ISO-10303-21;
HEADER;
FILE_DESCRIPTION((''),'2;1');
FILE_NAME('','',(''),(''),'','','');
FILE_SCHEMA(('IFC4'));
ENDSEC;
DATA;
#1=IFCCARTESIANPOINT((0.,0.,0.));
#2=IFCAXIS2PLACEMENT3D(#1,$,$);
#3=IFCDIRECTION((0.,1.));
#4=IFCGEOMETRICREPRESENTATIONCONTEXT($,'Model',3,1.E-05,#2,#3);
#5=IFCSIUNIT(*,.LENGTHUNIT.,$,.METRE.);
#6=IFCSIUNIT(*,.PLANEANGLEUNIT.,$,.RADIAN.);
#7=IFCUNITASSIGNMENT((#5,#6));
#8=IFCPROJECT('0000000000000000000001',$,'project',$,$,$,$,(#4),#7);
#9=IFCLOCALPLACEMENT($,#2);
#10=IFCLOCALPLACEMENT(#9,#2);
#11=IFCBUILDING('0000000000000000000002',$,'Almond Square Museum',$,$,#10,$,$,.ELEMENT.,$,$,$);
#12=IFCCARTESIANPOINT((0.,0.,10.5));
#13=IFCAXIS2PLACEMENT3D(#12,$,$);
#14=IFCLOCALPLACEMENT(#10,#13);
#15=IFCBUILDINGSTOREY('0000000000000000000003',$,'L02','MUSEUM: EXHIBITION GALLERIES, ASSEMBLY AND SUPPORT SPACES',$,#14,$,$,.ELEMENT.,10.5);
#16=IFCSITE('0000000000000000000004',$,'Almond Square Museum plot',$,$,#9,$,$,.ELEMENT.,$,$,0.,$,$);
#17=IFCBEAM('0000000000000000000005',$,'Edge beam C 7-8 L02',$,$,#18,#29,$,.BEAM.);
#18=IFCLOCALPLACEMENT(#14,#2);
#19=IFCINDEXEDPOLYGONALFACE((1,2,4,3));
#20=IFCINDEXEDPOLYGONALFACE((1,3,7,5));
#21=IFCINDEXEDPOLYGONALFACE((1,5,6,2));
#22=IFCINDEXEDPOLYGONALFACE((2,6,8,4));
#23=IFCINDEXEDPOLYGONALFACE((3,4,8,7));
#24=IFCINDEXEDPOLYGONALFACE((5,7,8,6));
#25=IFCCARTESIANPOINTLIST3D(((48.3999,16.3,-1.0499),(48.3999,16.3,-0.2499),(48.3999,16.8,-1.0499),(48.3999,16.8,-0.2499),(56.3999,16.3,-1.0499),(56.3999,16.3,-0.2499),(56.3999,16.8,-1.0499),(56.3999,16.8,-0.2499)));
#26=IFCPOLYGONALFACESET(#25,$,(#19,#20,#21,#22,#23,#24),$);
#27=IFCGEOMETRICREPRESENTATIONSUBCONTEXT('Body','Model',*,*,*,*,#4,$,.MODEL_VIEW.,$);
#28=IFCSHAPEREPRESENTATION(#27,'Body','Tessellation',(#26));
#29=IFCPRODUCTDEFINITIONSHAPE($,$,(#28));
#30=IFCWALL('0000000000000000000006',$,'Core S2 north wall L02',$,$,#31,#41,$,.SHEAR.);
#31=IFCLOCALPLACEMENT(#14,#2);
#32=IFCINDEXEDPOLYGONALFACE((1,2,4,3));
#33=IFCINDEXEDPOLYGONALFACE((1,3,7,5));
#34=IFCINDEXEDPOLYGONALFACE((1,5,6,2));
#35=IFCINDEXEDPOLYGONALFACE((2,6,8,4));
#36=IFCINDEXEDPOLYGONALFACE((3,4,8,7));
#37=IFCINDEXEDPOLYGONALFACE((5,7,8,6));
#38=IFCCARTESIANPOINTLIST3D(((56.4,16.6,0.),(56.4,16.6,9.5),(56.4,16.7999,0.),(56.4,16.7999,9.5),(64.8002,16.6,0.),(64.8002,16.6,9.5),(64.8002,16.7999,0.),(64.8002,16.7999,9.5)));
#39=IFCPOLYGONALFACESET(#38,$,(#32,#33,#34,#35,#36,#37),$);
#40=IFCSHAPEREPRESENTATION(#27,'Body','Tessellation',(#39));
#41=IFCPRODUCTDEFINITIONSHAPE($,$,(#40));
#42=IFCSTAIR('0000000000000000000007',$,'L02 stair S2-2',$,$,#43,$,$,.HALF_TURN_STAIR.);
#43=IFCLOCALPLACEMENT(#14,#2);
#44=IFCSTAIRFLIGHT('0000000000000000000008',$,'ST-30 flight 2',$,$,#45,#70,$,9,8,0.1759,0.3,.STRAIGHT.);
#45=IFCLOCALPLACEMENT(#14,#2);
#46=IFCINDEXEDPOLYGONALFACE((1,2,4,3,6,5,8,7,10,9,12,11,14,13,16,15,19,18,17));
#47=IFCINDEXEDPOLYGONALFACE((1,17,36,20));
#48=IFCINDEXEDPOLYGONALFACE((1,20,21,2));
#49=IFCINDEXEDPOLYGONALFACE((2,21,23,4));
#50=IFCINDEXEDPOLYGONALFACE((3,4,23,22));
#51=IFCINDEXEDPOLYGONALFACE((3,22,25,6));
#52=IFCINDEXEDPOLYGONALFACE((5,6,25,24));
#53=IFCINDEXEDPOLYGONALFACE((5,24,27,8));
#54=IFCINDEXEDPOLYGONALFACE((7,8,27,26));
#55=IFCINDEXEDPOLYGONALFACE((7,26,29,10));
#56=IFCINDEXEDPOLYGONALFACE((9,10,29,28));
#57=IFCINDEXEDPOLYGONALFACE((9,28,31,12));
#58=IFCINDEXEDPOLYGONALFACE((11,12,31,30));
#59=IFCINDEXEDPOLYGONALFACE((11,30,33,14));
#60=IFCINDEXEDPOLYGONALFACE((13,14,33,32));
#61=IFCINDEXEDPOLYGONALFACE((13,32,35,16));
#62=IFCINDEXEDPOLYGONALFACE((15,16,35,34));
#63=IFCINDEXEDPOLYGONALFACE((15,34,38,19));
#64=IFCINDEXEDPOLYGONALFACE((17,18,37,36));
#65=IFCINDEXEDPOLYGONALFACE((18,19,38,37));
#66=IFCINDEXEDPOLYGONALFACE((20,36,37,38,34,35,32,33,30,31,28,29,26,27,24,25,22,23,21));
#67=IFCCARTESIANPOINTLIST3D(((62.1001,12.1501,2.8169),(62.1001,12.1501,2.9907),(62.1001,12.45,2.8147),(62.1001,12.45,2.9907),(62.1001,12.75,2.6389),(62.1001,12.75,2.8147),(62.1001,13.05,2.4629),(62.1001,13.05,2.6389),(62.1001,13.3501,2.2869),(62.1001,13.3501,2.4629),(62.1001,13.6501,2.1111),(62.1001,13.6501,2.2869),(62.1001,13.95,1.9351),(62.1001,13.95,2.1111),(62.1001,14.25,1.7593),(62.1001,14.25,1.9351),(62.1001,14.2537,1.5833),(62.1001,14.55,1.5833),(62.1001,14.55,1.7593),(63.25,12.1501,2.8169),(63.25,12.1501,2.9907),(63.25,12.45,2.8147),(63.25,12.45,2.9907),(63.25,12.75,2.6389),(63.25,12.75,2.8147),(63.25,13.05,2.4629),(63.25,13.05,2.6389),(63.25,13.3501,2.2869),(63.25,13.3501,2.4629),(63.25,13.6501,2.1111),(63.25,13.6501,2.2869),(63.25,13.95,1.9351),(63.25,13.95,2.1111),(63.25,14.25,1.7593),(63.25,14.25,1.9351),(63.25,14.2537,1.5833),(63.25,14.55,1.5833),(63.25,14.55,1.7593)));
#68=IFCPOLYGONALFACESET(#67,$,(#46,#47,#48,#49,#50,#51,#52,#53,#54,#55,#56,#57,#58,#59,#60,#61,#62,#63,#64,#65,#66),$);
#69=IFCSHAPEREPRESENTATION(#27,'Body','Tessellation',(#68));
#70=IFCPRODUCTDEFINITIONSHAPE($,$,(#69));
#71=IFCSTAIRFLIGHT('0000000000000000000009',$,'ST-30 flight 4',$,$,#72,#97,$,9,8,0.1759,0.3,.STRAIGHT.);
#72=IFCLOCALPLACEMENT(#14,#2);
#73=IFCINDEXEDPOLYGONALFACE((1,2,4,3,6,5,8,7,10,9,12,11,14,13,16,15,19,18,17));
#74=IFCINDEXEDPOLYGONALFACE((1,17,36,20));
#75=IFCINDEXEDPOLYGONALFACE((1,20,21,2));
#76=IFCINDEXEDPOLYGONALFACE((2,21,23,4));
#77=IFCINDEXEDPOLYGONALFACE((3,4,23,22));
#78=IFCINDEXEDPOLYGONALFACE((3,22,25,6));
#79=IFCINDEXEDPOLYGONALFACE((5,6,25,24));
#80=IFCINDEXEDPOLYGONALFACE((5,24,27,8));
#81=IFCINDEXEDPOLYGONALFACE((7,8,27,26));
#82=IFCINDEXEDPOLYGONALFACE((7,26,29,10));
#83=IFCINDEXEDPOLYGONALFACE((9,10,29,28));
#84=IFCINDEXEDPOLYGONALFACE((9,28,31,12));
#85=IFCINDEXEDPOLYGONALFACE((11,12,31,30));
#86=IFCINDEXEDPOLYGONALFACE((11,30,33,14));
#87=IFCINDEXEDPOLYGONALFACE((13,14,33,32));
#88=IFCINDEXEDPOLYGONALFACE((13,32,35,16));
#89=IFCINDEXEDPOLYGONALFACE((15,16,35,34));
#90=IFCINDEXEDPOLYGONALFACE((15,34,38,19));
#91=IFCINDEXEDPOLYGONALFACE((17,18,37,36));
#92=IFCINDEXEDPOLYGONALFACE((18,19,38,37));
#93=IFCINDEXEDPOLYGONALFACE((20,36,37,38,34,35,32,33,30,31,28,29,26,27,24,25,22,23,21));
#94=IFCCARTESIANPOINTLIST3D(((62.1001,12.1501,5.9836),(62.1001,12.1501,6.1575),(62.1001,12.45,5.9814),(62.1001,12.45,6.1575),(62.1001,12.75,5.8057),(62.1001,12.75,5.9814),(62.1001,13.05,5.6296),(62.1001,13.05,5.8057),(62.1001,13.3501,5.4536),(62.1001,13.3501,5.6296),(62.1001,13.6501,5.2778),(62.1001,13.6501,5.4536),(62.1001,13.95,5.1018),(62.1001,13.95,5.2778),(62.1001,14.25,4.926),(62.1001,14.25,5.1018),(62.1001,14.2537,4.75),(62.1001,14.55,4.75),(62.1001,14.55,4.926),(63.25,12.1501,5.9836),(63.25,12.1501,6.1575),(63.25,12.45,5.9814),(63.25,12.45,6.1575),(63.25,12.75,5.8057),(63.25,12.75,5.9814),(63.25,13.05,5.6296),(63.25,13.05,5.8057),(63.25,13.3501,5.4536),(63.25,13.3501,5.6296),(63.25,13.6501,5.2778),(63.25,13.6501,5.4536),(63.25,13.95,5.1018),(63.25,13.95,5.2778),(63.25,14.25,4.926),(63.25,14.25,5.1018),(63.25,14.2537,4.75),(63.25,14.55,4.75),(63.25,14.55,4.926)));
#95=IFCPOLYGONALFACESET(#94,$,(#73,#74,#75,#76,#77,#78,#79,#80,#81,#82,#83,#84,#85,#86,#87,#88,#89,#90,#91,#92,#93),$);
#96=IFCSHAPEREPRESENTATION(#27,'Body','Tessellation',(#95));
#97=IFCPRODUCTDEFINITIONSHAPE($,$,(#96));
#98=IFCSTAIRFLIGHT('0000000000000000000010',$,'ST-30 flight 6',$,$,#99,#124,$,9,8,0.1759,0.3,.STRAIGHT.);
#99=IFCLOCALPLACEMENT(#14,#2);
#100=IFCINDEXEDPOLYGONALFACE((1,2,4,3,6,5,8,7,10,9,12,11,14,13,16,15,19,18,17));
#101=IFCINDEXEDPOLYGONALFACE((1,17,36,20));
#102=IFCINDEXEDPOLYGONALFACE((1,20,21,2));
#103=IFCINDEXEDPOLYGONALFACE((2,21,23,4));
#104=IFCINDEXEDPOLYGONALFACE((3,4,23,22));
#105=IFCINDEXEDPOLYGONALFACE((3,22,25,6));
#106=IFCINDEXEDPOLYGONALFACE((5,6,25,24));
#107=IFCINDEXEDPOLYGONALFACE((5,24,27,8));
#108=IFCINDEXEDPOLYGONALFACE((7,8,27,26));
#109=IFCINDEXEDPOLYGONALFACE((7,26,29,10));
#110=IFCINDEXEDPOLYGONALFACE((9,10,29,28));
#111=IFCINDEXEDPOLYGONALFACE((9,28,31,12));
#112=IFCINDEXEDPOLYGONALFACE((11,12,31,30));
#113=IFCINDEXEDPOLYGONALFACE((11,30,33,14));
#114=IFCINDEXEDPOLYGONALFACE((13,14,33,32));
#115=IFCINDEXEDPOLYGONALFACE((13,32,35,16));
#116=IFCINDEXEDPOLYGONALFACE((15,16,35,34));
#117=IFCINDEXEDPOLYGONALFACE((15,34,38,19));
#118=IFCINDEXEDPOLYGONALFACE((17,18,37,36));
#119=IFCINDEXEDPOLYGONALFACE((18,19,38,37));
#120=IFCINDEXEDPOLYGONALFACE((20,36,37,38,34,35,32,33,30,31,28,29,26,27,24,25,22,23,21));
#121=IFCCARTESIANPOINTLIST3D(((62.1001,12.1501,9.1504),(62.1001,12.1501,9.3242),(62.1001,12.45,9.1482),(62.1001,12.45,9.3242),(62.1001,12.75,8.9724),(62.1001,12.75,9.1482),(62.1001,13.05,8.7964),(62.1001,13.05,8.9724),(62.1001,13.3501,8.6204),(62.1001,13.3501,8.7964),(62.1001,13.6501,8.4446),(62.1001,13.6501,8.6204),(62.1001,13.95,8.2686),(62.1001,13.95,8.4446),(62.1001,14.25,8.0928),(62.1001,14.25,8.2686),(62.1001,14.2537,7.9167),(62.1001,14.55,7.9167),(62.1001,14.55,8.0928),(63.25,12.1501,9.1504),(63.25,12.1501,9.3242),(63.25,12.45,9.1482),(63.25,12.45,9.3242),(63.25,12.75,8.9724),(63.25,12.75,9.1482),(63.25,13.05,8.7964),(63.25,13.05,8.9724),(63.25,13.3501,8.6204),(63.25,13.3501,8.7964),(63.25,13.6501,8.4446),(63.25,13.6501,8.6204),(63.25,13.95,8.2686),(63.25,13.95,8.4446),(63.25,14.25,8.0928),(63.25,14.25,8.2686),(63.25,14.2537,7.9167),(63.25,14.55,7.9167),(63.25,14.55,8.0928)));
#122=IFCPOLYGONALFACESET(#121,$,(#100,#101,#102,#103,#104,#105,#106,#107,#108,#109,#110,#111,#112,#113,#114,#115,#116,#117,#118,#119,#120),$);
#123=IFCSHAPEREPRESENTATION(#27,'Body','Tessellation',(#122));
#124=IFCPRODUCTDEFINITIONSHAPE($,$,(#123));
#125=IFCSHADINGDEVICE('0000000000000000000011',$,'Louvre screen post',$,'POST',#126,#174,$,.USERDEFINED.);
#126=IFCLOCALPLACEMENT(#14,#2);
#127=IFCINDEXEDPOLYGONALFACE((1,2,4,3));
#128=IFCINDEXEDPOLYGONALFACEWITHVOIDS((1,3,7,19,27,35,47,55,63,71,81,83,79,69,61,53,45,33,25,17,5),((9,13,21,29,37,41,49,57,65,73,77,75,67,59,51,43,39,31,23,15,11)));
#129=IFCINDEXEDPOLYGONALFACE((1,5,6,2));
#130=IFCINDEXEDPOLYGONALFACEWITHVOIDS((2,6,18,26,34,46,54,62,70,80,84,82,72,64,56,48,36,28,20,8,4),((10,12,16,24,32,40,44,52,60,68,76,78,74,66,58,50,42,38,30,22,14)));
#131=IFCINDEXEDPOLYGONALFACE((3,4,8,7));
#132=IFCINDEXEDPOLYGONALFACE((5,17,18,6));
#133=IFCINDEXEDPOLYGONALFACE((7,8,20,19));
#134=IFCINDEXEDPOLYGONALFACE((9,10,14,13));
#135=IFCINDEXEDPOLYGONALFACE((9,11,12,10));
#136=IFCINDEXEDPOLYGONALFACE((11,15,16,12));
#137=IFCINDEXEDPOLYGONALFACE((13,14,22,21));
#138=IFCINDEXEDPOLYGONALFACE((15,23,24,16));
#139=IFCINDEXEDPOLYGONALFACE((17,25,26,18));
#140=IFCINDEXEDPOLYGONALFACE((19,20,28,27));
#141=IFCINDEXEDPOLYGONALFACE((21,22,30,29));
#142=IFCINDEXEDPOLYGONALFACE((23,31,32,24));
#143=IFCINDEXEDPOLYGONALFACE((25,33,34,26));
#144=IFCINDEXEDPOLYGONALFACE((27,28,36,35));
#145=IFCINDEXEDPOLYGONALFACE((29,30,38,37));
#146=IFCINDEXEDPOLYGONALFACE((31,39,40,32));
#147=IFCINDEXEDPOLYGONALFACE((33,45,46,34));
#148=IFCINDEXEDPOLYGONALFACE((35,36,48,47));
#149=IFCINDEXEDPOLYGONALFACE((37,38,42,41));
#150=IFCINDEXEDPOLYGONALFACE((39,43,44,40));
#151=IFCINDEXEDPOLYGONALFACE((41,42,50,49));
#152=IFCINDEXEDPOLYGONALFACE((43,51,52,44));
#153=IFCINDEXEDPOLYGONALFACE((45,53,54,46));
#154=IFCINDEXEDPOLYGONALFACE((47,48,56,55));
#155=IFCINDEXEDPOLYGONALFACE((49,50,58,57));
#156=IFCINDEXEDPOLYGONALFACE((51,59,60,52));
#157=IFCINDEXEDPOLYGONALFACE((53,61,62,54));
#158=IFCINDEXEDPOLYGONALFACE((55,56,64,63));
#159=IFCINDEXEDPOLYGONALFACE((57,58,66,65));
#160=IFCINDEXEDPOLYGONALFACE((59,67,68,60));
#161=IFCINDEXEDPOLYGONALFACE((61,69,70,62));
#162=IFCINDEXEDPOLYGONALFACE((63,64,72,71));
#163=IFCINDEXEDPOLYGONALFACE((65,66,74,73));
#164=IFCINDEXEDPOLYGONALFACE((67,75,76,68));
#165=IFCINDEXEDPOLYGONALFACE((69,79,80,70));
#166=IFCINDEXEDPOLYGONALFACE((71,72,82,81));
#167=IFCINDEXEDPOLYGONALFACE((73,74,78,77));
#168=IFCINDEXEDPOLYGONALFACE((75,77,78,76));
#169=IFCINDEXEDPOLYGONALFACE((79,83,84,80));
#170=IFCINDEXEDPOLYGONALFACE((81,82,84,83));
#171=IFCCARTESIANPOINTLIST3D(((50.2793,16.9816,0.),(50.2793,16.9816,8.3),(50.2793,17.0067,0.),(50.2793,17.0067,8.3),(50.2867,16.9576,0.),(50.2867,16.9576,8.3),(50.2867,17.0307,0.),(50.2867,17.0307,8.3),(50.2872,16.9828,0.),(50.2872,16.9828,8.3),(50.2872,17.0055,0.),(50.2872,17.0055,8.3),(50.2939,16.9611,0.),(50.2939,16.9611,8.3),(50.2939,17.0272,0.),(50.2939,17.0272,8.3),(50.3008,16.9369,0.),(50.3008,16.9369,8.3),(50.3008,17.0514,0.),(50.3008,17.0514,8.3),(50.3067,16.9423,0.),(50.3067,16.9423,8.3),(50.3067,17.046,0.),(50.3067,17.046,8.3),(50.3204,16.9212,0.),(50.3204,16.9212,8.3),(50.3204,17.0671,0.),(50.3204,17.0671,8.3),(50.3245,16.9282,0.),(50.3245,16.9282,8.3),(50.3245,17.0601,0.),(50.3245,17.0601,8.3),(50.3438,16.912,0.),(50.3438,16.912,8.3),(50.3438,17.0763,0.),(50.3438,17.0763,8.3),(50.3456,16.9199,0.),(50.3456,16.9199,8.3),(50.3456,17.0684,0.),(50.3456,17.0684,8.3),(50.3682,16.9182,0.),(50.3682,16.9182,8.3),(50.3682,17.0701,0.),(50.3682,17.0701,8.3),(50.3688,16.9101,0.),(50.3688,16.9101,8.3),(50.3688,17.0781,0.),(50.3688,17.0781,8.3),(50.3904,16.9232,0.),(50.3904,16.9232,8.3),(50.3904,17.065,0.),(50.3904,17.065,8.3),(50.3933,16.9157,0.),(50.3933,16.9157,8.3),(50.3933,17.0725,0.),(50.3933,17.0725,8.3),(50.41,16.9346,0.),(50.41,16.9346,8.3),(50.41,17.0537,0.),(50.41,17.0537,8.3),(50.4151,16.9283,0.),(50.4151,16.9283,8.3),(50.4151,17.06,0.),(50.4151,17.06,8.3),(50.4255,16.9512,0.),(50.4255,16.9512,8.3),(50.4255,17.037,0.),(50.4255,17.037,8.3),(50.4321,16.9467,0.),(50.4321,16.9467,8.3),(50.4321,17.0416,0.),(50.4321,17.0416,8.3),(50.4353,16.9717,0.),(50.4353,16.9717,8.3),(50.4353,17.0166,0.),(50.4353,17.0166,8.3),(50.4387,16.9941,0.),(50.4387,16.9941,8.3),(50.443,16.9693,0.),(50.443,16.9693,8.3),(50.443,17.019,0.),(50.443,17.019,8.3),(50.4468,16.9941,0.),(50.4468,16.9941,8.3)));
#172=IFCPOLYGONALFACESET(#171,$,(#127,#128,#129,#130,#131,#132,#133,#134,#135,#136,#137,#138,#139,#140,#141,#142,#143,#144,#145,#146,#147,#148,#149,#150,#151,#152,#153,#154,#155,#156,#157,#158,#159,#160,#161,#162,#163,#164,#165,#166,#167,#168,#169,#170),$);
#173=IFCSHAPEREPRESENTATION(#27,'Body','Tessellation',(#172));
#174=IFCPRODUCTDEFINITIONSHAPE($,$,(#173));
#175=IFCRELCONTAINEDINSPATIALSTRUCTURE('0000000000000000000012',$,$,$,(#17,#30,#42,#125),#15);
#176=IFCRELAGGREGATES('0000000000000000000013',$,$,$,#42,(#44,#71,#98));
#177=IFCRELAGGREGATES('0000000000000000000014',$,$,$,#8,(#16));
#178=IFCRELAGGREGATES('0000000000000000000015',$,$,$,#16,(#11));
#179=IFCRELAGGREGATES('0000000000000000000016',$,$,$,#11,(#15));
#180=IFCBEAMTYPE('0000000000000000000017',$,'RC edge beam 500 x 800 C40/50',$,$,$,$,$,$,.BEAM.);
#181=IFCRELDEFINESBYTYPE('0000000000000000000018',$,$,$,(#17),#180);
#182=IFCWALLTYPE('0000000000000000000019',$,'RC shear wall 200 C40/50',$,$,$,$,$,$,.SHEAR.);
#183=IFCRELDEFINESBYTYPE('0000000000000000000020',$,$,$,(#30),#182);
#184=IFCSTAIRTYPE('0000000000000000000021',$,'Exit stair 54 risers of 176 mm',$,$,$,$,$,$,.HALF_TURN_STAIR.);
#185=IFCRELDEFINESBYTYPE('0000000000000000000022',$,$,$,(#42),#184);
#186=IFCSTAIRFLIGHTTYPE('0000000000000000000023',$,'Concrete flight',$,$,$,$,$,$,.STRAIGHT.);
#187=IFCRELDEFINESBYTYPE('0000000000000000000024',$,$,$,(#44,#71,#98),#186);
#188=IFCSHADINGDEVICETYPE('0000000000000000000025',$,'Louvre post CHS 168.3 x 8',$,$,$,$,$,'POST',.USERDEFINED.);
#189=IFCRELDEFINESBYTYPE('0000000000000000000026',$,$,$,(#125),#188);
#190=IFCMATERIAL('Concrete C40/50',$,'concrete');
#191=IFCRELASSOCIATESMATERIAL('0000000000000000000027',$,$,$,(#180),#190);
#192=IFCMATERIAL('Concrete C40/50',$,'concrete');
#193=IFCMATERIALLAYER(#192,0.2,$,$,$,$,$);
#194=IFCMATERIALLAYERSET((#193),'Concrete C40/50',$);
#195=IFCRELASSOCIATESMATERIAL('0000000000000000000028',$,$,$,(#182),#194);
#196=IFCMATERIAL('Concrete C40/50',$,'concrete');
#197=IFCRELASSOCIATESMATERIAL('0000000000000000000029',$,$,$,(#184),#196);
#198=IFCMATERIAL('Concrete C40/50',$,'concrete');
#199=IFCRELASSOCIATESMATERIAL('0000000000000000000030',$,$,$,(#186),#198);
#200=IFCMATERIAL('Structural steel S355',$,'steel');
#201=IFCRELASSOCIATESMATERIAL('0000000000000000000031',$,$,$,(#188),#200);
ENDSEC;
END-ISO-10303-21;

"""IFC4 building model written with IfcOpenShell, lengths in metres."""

from ifc_helpers import new_model, si_unit, direction, frame, frame_2d, origin, origin_2d, place, context, subcontext, project, spatial, polyline, rectangle, hollow_circle, outline, extrude, material, layer, layer_set, material_profile, profile_set, type_object, element, aggregate, save


model = new_model("IFC4")

# Units and contexts
model_context = context("Model", 3, precision=1e-05, world=origin(), true_north=direction((0.0, 1.0)))
body_context = subcontext(model_context, "Body", "Model", "MODEL_VIEW")
ifc_project = project(units=[si_unit("LENGTHUNIT", "METRE"), si_unit("PLANEANGLEUNIT", "RADIAN")], contexts=[model_context])

# Site, building, storey
site_placement = place(None, origin())
site = spatial("IfcSite", under=ifc_project, at=site_placement, Name="Almond Square Museum plot", CompositionType="ELEMENT", RefElevation=0.0)
building_placement = place(site_placement, origin())
building = spatial("IfcBuilding", under=site, at=building_placement, Name="Almond Square Museum", CompositionType="ELEMENT")
storey_placement = place(building_placement, frame((0.0, 0.0, 10.5)))
storey = spatial("IfcBuildingStorey", under=building, at=storey_placement, Name="L02", Description="MUSEUM: EXHIBITION GALLERIES, ASSEMBLY AND SUPPORT SPACES", CompositionType="ELEMENT", Elevation=10.5)

# Beam
ifc_material_1 = material(Name="Concrete C40/50", Category="concrete")
ifc_material_profile_1 = material_profile(ifc_material_1, rectangle(XDim=0.5, YDim=0.8, at=origin_2d()))
ifc_profile_set_1 = profile_set([ifc_material_profile_1], Name="Concrete C40/50")
beam_type = type_object("IfcBeamType", Name="RC edge beam 500 x 800 C40/50", PredefinedType="BEAM", material=ifc_profile_set_1)
beam_placement = place(storey_placement, frame((48.3999, 16.55, -0.6499), z_axis=(1.0, 0.0, 0.0), x_axis=(0.0, 1.0, 0.0)))
element("IfcBeam", 1, at=beam_placement, inside=storey, type_object=beam_type, Name="Edge beam C 7-8 L02", PredefinedType="BEAM", context=body_context, shape_type="SweptSolid", body=[
    extrude(rectangle(XDim=0.5, YDim=0.8, at=origin_2d()), origin(), (0.0, 0.0, 1.0), 8.0),
])

# Wall
ifc_material_2 = material(Name="Concrete C40/50", Category="concrete")
ifc_layer = layer(ifc_material_2, 0.2)
ifc_layer_set = layer_set([ifc_layer], Name="Concrete C40/50")
wall_type = type_object("IfcWallType", Name="RC shear wall 200 C40/50", PredefinedType="SHEAR", material=ifc_layer_set)
wall_placement = place(storey_placement, frame((56.3999, 16.7, 0.0), z_axis=(0.0, 0.0, 1.0), x_axis=(1.0, 0.0, 0.0)))
element("IfcWall", 2, at=wall_placement, inside=storey, type_object=wall_type, Name="Core S2 north wall L02", PredefinedType="SHEAR", context=body_context, shape_type="SweptSolid", body=[
    extrude(rectangle(XDim=8.4001, YDim=0.2, at=frame_2d((4.2002, 0.0))), origin(), (0.0, 0.0, 1.0), 9.5),
])

# Stair, stair flights
ifc_material_3 = material(Name="Concrete C40/50", Category="concrete")
stair_type = type_object("IfcStairType", Name="Exit stair 54 risers of 176 mm", PredefinedType="HALF_TURN_STAIR", material=ifc_material_3)
stair_placement = place(storey_placement, origin())
stair = element("IfcStair", 3, at=stair_placement, inside=storey, type_object=stair_type, Name="L02 stair S2-2", PredefinedType="HALF_TURN_STAIR")
ifc_material_4 = material(Name="Concrete C40/50", Category="concrete")
stair_flight_type = type_object("IfcStairFlightType", Name="Concrete flight", PredefinedType="STRAIGHT", material=ifc_material_4)
stair_flight_1_placement = place(storey_placement, frame((62.675, 14.55, 1.5833), z_axis=(0.0, 0.0, 1.0), x_axis=(0.0, -1.0, 0.0)))
stair_flight_1 = element("IfcStairFlight", 4, at=stair_flight_1_placement, type_object=stair_flight_type, Name="ST-30 flight 2", NumberOfRisers=9, NumberOfTreads=8, PredefinedType="STRAIGHT", RiserHeight=0.1759, TreadLength=0.3, context=body_context, shape_type="SweptSolid", body=[
    extrude(outline(polyline([(0.0, 0.0), (0.0, 0.176), (0.3, 0.176), (0.3, 0.3518), (0.6001, 0.3518), (0.6001, 0.5278), (0.8999, 0.5278), (0.8999, 0.7036), (1.2, 0.7036), (1.2, 0.8796), (1.5, 0.8796), (1.5, 1.0557), (1.8, 1.0557), (1.8, 1.2314), (2.1001, 1.2314), (2.1001, 1.4075), (2.3999, 1.4075), (2.3999, 1.5833), (2.3999, 1.2336), (0.2964, 0.0), (0.0, 0.0)])), frame((0.0, 0.575, 0.0), z_axis=(0.0, -1.0, 0.0), x_axis=(1.0, 0.0, 0.0)), (0.0, 0.0, 1.0), 1.1499),
])
stair_flight_2_placement = place(storey_placement, frame((62.675, 14.55, 4.75), z_axis=(0.0, 0.0, 1.0), x_axis=(0.0, -1.0, 0.0)))
stair_flight_2 = element("IfcStairFlight", 5, at=stair_flight_2_placement, type_object=stair_flight_type, Name="ST-30 flight 4", NumberOfRisers=9, NumberOfTreads=8, PredefinedType="STRAIGHT", RiserHeight=0.1759, TreadLength=0.3, context=body_context, shape_type="SweptSolid", body=[
    extrude(outline(polyline([(0.0, 0.0), (0.0, 0.176), (0.3, 0.176), (0.3, 0.3518), (0.6001, 0.3518), (0.6001, 0.5278), (0.8999, 0.5278), (0.8999, 0.7036), (1.2, 0.7036), (1.2, 0.8796), (1.5, 0.8796), (1.5, 1.0557), (1.8, 1.0557), (1.8, 1.2314), (2.1001, 1.2314), (2.1001, 1.4075), (2.3999, 1.4075), (2.3999, 1.5833), (2.3999, 1.2336), (0.2964, 0.0), (0.0, 0.0)])), frame((0.0, 0.575, 0.0), z_axis=(0.0, -1.0, 0.0), x_axis=(1.0, 0.0, 0.0)), (0.0, 0.0, 1.0), 1.1499),
])
stair_flight_3_placement = place(storey_placement, frame((62.675, 14.55, 7.9167), z_axis=(0.0, 0.0, 1.0), x_axis=(0.0, -1.0, 0.0)))
stair_flight_3 = element("IfcStairFlight", 6, at=stair_flight_3_placement, type_object=stair_flight_type, Name="ST-30 flight 6", NumberOfRisers=9, NumberOfTreads=8, PredefinedType="STRAIGHT", RiserHeight=0.1759, TreadLength=0.3, context=body_context, shape_type="SweptSolid", body=[
    extrude(outline(polyline([(0.0, 0.0), (0.0, 0.176), (0.3, 0.176), (0.3, 0.3518), (0.6001, 0.3518), (0.6001, 0.5278), (0.8999, 0.5278), (0.8999, 0.7036), (1.2, 0.7036), (1.2, 0.8796), (1.5, 0.8796), (1.5, 1.0557), (1.8, 1.0557), (1.8, 1.2314), (2.1001, 1.2314), (2.1001, 1.4075), (2.3999, 1.4075), (2.3999, 1.5833), (2.3999, 1.2336), (0.2964, 0.0), (0.0, 0.0)])), frame((0.0, 0.575, 0.0), z_axis=(0.0, -1.0, 0.0), x_axis=(1.0, 0.0, 0.0)), (0.0, 0.0, 1.0), 1.1499),
])
aggregate(stair, [stair_flight_1, stair_flight_2, stair_flight_3])

# Shading device
ifc_material_5 = material(Name="Structural steel S355", Category="steel")
ifc_material_profile_2 = material_profile(ifc_material_5, hollow_circle(Radius=0.0842, WallThickness=0.0081, at=origin_2d()))
ifc_profile_set_2 = profile_set([ifc_material_profile_2], Name="Structural steel S355")
shading_device_type = type_object("IfcShadingDeviceType", Name="Louvre post CHS 168.3 x 8", ElementType="POST", PredefinedType="USERDEFINED", material=ifc_profile_set_2)
for number, where, z_axis, x_axis, name in (
    (7, (50.3625, 16.9941, 0.0), (0.0, 0.0, 1.0), (1.0, 0.0, 0.0), "Louvre screen post"),
):
    element("IfcShadingDevice", number, at=place(storey_placement, frame(where, z_axis=z_axis, x_axis=x_axis)), inside=storey, type_object=shading_device_type, Name=name, ObjectType="POST", PredefinedType="USERDEFINED", context=body_context, shape_type="SweptSolid", body=[
        extrude(hollow_circle(Radius=0.0842, WallThickness=0.0081, at=origin_2d()), origin(), (0.0, 0.0, 1.0), 8.3),
    ])

save(model, "model.ifc")
